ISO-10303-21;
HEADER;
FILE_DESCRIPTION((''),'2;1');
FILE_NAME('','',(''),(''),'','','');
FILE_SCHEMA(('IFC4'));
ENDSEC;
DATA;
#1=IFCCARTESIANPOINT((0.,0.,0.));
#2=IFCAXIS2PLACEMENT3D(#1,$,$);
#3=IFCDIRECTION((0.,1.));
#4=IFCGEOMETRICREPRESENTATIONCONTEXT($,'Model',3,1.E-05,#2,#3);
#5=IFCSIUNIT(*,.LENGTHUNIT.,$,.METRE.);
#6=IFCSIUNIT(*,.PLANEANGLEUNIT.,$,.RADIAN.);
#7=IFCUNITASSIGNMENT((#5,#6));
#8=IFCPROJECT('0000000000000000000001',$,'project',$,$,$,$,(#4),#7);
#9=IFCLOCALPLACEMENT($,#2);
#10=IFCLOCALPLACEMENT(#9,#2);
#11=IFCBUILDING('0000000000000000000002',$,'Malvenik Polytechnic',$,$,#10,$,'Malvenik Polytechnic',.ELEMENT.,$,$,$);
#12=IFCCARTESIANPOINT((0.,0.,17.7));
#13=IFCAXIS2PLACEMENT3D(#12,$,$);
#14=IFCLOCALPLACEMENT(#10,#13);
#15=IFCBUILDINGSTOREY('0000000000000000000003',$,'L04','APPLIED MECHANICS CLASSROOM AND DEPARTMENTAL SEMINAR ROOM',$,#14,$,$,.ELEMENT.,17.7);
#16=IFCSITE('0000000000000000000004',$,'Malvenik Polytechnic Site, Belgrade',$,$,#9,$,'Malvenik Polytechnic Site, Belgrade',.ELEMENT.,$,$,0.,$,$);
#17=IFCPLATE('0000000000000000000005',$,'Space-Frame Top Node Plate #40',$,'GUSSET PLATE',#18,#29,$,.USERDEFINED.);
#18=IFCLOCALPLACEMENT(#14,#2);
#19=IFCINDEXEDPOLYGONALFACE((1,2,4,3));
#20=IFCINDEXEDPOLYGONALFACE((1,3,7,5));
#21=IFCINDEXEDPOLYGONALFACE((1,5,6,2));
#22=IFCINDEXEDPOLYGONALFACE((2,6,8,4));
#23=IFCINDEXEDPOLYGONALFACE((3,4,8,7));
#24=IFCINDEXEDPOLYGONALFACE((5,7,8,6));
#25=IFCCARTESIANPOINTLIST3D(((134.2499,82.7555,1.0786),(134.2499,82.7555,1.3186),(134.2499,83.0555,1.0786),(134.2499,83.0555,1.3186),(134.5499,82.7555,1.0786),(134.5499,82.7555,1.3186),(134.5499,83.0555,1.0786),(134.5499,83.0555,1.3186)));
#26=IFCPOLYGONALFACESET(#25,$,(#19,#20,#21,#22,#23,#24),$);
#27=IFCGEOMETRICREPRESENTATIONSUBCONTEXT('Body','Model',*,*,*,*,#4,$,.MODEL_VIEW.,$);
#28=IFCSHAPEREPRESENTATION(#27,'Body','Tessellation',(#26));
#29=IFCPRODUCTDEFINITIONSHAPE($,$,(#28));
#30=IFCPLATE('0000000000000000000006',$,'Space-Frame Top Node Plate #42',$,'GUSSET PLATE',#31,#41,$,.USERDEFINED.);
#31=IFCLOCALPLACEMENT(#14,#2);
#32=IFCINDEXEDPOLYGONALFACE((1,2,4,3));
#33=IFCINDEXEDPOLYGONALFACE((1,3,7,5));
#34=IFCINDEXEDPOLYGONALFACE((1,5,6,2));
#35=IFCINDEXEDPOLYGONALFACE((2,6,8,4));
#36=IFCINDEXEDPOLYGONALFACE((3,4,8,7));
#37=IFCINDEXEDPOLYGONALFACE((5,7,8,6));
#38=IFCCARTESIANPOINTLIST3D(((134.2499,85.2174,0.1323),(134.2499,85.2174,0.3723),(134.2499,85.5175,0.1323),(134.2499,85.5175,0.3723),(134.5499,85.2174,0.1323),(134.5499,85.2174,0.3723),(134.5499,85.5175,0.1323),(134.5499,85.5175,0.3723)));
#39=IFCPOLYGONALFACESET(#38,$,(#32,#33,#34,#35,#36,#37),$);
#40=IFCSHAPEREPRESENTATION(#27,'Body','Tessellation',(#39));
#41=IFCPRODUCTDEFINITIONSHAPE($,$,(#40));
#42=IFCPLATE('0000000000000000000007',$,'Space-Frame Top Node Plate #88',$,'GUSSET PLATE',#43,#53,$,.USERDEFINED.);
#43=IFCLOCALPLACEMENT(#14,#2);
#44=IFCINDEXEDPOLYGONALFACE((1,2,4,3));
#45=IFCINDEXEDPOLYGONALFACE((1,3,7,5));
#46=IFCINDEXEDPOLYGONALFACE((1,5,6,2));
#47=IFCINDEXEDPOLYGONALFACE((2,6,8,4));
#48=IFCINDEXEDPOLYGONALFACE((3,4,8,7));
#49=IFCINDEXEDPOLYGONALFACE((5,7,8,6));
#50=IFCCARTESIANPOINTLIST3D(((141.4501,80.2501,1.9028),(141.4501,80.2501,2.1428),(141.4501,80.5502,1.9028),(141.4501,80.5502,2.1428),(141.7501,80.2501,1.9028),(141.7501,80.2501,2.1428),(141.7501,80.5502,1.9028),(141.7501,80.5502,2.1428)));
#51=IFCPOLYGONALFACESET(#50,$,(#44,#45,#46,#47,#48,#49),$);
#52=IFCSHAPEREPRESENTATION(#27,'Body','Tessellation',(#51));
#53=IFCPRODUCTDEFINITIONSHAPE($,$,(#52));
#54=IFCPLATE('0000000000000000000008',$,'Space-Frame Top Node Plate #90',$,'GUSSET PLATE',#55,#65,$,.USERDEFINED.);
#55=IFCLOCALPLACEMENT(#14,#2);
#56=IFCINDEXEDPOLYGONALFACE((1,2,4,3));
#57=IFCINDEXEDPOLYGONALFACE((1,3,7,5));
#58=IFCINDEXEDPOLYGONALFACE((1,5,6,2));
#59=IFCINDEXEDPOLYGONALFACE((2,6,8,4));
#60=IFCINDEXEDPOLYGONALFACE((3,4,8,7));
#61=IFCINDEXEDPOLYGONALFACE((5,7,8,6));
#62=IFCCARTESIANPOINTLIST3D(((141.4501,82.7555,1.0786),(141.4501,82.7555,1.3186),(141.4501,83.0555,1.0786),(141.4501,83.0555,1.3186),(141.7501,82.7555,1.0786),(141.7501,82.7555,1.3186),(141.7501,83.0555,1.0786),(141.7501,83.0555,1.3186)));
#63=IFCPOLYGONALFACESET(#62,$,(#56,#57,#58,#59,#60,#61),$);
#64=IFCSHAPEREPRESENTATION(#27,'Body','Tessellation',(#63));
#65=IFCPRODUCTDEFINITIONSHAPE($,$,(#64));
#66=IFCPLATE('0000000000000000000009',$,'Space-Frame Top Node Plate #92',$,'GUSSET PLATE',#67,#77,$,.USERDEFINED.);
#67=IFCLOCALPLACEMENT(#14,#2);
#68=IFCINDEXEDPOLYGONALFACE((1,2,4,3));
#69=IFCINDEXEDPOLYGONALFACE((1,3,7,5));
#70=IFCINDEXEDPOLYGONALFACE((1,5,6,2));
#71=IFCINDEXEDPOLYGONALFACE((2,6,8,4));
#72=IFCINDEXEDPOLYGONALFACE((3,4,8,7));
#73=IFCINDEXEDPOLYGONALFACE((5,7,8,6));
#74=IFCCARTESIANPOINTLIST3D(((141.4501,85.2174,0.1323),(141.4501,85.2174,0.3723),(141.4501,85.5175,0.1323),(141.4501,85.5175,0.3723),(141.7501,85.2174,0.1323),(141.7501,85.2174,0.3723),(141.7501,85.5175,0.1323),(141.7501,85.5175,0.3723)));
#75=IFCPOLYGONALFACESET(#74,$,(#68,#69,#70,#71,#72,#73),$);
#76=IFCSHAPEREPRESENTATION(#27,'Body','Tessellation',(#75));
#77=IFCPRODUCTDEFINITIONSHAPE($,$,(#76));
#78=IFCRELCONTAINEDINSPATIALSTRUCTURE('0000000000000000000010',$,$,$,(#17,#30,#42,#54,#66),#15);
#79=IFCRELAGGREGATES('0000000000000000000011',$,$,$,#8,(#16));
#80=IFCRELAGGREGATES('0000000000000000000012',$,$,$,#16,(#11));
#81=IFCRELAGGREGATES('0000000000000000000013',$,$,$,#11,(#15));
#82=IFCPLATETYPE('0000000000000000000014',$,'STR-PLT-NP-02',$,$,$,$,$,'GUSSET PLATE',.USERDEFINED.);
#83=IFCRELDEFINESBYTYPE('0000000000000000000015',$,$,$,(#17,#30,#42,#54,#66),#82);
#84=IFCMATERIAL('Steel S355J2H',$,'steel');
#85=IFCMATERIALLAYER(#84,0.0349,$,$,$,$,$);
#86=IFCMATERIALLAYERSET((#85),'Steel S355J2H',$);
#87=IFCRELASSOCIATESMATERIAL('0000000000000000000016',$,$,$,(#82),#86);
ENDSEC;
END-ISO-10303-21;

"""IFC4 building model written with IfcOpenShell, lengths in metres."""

from ifc_helpers import new_model, si_unit, direction, frame, origin, origin_2d, place, context, subcontext, project, spatial, rectangle, extrude, material, layer, layer_set, type_object, element, save


model = new_model("IFC4")

# Units and contexts
model_context = context("Model", 3, precision=1e-05, world=origin(), true_north=direction((0.0, 1.0)))
body_context = subcontext(model_context, "Body", "Model", "MODEL_VIEW")
ifc_project = project(units=[si_unit("LENGTHUNIT", "METRE"), si_unit("PLANEANGLEUNIT", "RADIAN")], contexts=[model_context])

# Site, building, storey
site_placement = place(None, origin())
site = spatial("IfcSite", under=ifc_project, at=site_placement, Name="Malvenik Polytechnic Site, Belgrade", LongName="Malvenik Polytechnic Site, Belgrade", CompositionType="ELEMENT", RefElevation=0.0)
building_placement = place(site_placement, origin())
building = spatial("IfcBuilding", under=site, at=building_placement, Name="Malvenik Polytechnic", LongName="Malvenik Polytechnic", CompositionType="ELEMENT")
storey_placement = place(building_placement, frame((0.0, 0.0, 17.7)))
storey = spatial("IfcBuildingStorey", under=building, at=storey_placement, Name="L04", Description="APPLIED MECHANICS CLASSROOM AND DEPARTMENTAL SEMINAR ROOM", CompositionType="ELEMENT", Elevation=17.7)

# Shared definitions
ifc_material = material(Name="Steel S355J2H", Category="steel")

# Plates
ifc_layer_1 = layer(ifc_material, 0.0349)
ifc_layer_set_1 = layer_set([ifc_layer_1], Name="Steel S355J2H")
plate_type_1 = type_object("IfcPlateType", Name="STR-PLT-NP-02", ElementType="GUSSET PLATE", PredefinedType="USERDEFINED", material=ifc_layer_set_1)
for number, where, z_axis, x_axis, name in (
    (1, (134.3999, 82.9055, 1.0786), (0.0, 0.0, 1.0), (1.0, 0.0, 0.0), "Space-Frame Top Node Plate #40"),
    (2, (134.3999, 85.3674, 0.1323), (0.0, 0.0, 1.0), (1.0, 0.0, 0.0), "Space-Frame Top Node Plate #42"),
    (3, (141.6001, 80.4001, 1.9028), (0.0, 0.0, 1.0), (1.0, 0.0, 0.0), "Space-Frame Top Node Plate #88"),
    (4, (141.6001, 82.9055, 1.0786), (0.0, 0.0, 1.0), (1.0, 0.0, 0.0), "Space-Frame Top Node Plate #90"),
    (5, (141.6001, 85.3674, 0.1323), (0.0, 0.0, 1.0), (1.0, 0.0, 0.0), "Space-Frame Top Node Plate #92"),
):
    element("IfcPlate", number, at=place(storey_placement, frame(where, z_axis=z_axis, x_axis=x_axis)), inside=storey, type_object=plate_type_1, Name=name, ObjectType="GUSSET PLATE", PredefinedType="USERDEFINED", context=body_context, shape_type="SweptSolid", body=[
        extrude(rectangle(XDim=0.3, YDim=0.3, at=origin_2d()), origin(), (0.0, 0.0, 1.0), 0.24),
    ])

save(model, "model.ifc")
